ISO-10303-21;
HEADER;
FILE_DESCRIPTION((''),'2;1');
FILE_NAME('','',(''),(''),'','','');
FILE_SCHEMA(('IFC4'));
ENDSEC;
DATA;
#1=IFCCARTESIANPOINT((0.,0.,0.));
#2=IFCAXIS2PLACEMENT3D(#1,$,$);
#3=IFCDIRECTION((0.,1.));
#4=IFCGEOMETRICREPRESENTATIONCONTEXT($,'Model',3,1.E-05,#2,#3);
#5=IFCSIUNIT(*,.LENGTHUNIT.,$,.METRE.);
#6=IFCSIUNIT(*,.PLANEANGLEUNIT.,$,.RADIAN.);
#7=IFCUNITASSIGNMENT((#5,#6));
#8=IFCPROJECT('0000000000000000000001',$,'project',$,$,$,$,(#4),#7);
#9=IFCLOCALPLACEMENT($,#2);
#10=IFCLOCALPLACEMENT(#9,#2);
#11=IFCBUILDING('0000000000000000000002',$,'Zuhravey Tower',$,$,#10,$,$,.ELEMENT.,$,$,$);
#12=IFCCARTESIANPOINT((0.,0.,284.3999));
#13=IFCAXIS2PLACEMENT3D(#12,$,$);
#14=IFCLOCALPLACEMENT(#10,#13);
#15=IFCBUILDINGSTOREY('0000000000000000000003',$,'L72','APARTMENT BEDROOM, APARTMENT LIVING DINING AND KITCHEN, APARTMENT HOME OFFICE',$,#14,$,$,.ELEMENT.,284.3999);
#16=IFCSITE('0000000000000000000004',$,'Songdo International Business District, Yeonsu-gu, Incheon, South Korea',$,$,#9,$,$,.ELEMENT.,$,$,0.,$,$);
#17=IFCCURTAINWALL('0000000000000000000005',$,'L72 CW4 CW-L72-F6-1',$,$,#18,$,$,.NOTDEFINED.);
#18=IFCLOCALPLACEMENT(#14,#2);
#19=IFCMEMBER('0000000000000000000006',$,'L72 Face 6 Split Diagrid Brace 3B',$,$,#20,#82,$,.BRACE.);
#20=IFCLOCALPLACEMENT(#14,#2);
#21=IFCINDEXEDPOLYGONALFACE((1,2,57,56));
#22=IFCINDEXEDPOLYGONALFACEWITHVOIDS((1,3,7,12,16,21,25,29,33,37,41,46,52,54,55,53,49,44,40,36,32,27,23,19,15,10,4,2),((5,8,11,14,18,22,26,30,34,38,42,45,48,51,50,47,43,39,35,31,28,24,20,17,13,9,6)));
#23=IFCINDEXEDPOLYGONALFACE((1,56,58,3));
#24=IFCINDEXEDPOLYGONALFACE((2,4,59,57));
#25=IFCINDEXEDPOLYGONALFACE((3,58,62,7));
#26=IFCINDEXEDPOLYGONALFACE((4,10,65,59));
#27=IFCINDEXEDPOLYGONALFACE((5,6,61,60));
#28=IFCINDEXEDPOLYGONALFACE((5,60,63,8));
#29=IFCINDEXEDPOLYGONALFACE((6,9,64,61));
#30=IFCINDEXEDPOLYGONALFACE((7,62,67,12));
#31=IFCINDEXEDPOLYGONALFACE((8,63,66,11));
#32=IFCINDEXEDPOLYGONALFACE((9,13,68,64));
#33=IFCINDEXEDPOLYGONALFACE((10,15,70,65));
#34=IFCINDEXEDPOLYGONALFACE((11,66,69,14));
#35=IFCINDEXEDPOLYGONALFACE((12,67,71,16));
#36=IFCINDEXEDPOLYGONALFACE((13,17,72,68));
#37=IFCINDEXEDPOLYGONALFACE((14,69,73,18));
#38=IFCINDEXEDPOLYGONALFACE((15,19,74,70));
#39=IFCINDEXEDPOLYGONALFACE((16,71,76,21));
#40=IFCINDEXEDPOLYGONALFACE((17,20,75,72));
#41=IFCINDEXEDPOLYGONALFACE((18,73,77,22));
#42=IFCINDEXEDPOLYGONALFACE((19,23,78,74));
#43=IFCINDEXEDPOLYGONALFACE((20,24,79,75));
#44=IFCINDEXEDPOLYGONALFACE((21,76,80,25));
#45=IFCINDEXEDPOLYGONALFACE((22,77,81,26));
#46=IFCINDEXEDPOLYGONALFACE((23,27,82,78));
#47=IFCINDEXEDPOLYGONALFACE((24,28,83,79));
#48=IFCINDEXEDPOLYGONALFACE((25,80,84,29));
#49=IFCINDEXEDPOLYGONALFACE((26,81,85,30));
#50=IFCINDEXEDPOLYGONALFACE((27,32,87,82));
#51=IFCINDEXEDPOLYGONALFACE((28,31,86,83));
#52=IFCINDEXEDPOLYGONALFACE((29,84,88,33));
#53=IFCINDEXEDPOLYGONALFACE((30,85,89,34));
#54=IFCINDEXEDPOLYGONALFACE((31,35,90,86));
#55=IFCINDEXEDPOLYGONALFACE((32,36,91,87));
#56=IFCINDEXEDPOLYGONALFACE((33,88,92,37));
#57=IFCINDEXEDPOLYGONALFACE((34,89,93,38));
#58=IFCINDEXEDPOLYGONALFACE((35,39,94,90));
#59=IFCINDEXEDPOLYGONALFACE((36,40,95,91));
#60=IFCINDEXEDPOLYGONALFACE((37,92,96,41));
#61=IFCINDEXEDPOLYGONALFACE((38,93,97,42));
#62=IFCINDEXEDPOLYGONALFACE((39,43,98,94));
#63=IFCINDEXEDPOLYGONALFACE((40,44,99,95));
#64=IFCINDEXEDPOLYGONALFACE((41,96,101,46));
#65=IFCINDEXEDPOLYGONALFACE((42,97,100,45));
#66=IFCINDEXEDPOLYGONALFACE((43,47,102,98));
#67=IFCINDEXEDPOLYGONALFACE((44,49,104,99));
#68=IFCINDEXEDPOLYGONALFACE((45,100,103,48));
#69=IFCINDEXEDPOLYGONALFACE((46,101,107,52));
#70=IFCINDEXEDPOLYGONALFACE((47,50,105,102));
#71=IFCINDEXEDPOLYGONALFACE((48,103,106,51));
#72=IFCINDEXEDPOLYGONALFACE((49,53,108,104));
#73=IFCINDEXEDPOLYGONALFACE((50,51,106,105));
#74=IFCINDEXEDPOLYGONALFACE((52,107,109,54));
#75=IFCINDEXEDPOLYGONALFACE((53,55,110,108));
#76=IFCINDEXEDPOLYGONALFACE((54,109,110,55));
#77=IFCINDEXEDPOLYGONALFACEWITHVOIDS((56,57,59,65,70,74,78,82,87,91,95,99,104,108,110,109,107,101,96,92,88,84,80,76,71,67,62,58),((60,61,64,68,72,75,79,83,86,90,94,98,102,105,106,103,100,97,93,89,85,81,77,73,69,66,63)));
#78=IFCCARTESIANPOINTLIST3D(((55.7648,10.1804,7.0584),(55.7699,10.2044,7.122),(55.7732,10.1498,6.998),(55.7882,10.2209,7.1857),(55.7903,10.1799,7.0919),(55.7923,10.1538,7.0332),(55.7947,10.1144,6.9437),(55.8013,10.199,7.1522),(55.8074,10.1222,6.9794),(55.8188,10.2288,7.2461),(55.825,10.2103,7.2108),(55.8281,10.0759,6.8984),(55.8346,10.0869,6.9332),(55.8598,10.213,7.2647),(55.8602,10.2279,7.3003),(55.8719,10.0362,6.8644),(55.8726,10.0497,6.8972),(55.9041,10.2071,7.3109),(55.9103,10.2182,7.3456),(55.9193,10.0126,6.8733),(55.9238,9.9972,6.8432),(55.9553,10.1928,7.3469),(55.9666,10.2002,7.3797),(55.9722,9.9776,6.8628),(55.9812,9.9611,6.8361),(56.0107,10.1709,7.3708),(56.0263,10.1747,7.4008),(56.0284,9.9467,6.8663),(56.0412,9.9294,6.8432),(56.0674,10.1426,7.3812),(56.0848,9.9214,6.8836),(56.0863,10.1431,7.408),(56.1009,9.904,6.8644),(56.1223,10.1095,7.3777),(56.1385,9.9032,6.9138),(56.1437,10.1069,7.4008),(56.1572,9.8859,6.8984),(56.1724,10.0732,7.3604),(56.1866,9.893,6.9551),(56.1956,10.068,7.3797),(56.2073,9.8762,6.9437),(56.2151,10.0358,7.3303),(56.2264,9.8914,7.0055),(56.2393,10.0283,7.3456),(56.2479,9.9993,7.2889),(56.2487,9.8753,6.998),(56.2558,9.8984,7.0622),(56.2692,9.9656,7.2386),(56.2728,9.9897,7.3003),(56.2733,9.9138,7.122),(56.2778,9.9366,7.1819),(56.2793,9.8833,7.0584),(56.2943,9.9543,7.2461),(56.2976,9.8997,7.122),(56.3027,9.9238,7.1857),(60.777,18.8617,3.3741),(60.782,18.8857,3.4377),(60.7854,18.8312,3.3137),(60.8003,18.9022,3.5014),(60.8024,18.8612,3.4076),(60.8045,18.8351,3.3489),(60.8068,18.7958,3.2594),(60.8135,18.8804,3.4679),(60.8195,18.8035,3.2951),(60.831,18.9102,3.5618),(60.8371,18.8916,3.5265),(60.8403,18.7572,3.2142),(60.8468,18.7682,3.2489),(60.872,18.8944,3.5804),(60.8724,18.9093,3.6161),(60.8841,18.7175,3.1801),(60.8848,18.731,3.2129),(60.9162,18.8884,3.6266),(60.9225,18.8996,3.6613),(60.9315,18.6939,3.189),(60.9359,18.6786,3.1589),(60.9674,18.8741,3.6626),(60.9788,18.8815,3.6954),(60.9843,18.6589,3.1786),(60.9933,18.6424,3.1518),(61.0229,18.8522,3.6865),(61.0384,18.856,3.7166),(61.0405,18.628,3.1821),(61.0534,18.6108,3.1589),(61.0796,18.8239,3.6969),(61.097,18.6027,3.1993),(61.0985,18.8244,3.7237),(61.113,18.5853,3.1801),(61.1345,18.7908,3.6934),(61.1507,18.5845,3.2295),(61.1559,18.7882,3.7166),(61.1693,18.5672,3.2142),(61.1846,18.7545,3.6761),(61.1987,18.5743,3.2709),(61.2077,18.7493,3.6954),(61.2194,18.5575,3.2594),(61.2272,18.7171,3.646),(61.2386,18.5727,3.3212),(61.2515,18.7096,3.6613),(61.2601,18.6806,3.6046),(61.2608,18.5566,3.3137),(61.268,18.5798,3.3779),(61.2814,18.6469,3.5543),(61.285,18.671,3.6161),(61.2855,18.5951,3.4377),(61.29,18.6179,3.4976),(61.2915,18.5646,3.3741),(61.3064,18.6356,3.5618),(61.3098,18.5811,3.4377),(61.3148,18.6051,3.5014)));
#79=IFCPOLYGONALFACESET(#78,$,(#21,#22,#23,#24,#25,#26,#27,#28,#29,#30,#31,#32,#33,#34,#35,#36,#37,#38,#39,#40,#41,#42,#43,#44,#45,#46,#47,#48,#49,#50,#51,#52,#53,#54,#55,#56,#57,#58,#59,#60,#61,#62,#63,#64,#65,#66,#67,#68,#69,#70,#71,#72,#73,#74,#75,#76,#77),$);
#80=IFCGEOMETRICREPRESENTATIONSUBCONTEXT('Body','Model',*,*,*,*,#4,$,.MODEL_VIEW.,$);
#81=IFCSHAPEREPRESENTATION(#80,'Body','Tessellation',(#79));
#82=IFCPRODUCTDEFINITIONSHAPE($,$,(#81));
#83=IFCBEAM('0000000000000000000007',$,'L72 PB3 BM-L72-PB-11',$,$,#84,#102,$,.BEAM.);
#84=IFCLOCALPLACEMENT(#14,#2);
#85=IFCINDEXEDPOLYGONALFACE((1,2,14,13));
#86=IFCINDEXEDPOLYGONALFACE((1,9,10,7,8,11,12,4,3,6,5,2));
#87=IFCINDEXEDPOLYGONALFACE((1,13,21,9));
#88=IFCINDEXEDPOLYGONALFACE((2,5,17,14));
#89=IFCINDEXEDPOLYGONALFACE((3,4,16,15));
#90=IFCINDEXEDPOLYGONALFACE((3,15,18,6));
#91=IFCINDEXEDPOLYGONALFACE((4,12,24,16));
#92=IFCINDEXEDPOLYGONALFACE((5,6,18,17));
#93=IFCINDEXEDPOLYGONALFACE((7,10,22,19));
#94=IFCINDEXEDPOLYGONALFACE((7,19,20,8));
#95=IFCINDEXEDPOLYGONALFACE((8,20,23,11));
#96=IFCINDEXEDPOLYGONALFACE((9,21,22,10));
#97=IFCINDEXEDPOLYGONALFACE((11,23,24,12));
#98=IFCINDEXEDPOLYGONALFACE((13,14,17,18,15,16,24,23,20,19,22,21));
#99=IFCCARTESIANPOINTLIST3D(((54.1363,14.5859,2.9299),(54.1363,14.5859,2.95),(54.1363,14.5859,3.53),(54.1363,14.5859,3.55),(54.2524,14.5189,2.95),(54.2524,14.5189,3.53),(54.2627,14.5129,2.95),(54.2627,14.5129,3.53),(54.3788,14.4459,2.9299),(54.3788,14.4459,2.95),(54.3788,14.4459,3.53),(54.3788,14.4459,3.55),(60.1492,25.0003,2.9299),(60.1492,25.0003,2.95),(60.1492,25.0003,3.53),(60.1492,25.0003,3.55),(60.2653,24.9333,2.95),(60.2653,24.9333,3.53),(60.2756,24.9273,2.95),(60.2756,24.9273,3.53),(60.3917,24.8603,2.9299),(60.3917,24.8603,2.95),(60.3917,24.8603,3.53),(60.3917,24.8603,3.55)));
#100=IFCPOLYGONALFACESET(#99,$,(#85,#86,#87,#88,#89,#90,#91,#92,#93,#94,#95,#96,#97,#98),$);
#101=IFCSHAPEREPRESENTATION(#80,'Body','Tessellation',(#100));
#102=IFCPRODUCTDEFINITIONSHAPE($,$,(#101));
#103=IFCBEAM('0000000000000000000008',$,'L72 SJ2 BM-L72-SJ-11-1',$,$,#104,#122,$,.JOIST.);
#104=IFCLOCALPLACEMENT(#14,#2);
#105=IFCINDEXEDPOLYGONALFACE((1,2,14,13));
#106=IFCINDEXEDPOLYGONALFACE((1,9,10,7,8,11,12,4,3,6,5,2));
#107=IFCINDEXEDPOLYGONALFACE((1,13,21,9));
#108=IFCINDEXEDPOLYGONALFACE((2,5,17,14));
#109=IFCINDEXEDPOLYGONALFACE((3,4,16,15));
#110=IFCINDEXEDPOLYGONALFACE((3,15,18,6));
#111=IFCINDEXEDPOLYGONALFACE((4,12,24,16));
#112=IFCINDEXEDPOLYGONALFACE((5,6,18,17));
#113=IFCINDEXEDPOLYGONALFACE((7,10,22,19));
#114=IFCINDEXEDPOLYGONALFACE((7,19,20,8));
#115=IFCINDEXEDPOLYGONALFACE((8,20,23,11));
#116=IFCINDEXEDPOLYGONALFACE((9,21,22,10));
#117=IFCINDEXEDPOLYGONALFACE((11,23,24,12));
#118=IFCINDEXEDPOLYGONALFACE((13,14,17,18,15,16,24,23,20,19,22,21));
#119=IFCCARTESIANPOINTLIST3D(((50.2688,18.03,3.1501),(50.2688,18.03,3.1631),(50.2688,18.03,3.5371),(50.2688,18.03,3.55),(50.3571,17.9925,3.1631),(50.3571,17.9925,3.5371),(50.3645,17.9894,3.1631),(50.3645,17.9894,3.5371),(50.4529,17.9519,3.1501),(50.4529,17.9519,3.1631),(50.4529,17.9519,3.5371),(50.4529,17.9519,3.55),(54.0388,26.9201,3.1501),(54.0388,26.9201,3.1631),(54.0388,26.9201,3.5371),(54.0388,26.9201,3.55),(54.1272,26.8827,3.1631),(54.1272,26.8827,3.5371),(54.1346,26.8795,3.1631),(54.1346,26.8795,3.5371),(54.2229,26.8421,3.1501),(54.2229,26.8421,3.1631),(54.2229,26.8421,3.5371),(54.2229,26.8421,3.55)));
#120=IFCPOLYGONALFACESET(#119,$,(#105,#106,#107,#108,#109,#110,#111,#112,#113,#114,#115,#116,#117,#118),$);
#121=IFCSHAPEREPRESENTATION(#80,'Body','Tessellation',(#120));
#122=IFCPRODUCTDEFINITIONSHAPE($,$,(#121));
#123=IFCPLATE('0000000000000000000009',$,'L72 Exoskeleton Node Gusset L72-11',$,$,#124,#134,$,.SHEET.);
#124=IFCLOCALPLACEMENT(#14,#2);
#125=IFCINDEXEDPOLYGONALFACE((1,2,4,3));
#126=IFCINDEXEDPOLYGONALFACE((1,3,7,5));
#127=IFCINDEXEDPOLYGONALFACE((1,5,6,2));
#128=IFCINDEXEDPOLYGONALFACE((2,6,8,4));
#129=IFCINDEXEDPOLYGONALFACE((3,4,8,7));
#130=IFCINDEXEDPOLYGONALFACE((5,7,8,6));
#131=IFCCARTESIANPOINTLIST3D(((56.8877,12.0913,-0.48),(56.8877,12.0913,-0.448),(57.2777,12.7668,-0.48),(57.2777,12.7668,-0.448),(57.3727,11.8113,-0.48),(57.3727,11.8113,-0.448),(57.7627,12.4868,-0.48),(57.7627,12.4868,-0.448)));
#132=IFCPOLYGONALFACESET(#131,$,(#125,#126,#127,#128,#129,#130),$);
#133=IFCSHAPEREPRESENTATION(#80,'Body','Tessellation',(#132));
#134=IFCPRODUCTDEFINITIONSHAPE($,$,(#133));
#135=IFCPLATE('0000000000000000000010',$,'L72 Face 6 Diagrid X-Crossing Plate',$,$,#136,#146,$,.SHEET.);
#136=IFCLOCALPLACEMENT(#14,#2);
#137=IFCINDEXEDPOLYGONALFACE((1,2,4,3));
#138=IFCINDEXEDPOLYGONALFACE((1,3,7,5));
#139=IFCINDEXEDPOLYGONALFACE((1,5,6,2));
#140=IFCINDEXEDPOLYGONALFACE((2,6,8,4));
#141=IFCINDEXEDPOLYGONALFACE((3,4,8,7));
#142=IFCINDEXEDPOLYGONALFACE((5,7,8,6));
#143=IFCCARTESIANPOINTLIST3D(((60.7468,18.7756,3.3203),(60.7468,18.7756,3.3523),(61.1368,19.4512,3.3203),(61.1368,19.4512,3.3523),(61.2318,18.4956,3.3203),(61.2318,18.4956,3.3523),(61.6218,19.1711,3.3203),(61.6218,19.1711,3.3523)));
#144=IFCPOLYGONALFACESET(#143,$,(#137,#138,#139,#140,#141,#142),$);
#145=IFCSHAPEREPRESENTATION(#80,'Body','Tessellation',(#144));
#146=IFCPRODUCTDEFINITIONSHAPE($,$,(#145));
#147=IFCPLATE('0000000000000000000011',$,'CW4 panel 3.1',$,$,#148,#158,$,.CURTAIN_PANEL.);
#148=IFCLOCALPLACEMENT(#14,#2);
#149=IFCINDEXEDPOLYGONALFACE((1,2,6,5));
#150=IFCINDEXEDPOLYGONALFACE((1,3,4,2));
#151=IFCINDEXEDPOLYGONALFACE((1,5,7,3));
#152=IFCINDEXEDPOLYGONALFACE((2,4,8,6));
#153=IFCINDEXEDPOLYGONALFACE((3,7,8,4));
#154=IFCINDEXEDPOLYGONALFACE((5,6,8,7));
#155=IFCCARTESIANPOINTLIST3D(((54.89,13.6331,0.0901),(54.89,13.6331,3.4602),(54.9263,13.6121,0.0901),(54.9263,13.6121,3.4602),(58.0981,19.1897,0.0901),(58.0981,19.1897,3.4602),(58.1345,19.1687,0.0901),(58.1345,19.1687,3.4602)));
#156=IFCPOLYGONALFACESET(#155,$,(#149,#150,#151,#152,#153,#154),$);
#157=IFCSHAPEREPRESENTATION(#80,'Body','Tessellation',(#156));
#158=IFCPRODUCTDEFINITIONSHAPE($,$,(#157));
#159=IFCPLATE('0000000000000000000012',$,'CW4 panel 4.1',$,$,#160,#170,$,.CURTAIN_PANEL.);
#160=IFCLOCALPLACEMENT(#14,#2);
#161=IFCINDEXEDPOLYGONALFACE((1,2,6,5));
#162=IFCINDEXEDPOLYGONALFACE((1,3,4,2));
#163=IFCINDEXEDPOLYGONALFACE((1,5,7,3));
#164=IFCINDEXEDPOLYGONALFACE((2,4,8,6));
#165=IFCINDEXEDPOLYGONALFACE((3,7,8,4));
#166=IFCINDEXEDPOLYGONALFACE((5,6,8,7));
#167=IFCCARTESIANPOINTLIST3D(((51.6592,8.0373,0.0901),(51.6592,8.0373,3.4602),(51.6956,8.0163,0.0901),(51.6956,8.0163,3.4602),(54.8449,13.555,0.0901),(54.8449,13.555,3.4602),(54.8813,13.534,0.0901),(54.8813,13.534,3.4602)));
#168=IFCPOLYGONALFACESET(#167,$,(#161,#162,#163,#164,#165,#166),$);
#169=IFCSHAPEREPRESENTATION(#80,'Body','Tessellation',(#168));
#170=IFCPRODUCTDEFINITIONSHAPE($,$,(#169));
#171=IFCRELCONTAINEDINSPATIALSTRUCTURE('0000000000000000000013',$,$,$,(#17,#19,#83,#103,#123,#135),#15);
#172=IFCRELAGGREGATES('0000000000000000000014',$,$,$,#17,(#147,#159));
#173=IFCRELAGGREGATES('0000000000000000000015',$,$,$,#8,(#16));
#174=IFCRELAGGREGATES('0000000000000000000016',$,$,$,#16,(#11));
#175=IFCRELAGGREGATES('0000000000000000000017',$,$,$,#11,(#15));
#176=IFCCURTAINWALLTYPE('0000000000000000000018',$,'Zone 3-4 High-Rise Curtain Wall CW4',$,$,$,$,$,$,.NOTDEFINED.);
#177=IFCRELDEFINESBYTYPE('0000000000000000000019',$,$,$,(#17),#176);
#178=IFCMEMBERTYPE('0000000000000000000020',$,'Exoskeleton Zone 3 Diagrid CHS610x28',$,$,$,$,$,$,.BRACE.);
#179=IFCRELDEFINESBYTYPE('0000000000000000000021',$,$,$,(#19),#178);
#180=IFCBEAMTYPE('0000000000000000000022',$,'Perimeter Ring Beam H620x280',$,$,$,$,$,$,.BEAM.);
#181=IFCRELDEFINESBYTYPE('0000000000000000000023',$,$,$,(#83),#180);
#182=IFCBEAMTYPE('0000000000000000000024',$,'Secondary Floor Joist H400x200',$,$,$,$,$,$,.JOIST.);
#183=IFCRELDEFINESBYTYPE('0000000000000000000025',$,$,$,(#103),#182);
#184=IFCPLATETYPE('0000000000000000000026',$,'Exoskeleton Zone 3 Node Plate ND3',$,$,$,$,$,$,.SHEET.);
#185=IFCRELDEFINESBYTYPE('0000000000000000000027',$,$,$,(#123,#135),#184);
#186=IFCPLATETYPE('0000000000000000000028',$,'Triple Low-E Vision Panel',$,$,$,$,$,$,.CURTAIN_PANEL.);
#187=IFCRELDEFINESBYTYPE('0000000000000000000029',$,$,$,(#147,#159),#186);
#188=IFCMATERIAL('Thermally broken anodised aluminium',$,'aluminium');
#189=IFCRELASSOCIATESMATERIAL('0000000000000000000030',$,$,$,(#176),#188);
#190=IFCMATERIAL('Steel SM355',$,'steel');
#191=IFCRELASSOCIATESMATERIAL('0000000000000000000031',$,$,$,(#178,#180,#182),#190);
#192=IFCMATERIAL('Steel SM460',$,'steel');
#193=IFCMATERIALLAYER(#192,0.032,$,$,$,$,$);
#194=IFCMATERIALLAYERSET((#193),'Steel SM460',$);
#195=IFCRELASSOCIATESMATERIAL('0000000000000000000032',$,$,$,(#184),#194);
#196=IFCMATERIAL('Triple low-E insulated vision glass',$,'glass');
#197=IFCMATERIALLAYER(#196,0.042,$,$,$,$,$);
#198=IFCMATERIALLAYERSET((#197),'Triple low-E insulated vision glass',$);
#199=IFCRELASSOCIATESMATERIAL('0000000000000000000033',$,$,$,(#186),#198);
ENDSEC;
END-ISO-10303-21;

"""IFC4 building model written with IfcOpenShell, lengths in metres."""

from ifc_helpers import new_model, si_unit, direction, frame, origin, origin_2d, place, context, subcontext, project, spatial, rectangle, hollow_circle, i_section, extrude, material, layer, layer_set, material_profile, profile_set, type_object, element, aggregate, save


model = new_model("IFC4")

# Units and contexts
model_context = context("Model", 3, precision=1e-05, world=origin(), true_north=direction((0.0, 1.0)))
body_context = subcontext(model_context, "Body", "Model", "MODEL_VIEW")
ifc_project = project(units=[si_unit("LENGTHUNIT", "METRE"), si_unit("PLANEANGLEUNIT", "RADIAN")], contexts=[model_context])

# Site, building, storey
site_placement = place(None, origin())
site = spatial("IfcSite", under=ifc_project, at=site_placement, Name="Songdo International Business District, Yeonsu-gu, Incheon, South Korea", CompositionType="ELEMENT", RefElevation=0.0)
building_placement = place(site_placement, origin())
building = spatial("IfcBuilding", under=site, at=building_placement, Name="Zuhravey Tower", CompositionType="ELEMENT")
storey_placement = place(building_placement, frame((0.0, 0.0, 284.3999)))
storey = spatial("IfcBuildingStorey", under=building, at=storey_placement, Name="L72", Description="APARTMENT BEDROOM, APARTMENT LIVING DINING AND KITCHEN, APARTMENT HOME OFFICE", CompositionType="ELEMENT", Elevation=284.3999)

# Curtain wall
ifc_material_1 = material(Name="Thermally broken anodised aluminium", Category="aluminium")
curtain_wall_type = type_object("IfcCurtainWallType", Name="Zone 3-4 High-Rise Curtain Wall CW4", PredefinedType="NOTDEFINED", material=ifc_material_1)
curtain_wall_1_placement = place(storey_placement, origin())
curtain_wall_1 = element("IfcCurtainWall", 1, at=curtain_wall_1_placement, inside=storey, type_object=curtain_wall_type, Name="L72 CW4 CW-L72-F6-1", PredefinedType="NOTDEFINED")

# Member
ifc_material_2 = material(Name="Steel SM355", Category="steel")
ifc_material_profile_1 = material_profile(ifc_material_2, hollow_circle(Radius=0.3047, WallThickness=0.0281, at=origin_2d()), Name="CHS-609.6x28")
ifc_profile_set_1 = profile_set([ifc_material_profile_1], Name="Steel SM355")
member_type_1 = type_object("IfcMemberType", Name="Exoskeleton Zone 3 Diagrid CHS610x28", PredefinedType="BRACE", material=ifc_profile_set_1)
member_1_placement = place(storey_placement, frame((61.0459, 18.7334, 3.4377), z_axis=(-0.469306, -0.812862, 0.344973), x_axis=(0.866025, -0.5, 0.0)))
element("IfcMember", 2, at=member_1_placement, inside=storey, type_object=member_type_1, Name="L72 Face 6 Split Diagrid Brace 3B", PredefinedType="BRACE", context=body_context, shape_type="SweptSolid", body=[
    extrude(hollow_circle(Radius=0.3047, WallThickness=0.0281, at=origin_2d()), origin(), (0.0, 0.0, 1.0), 10.6799),
])

# Beams
ifc_material_profile_2 = material_profile(ifc_material_2, i_section(OverallWidth=0.28, OverallDepth=0.6201, WebThickness=0.012, FlangeThickness=0.02, at=origin_2d()), Name="H-620x280x12x20")
ifc_profile_set_2 = profile_set([ifc_material_profile_2], Name="Steel SM355")
beam_type_1 = type_object("IfcBeamType", Name="Perimeter Ring Beam H620x280", PredefinedType="BEAM", material=ifc_profile_set_2)
beam_1_placement = place(storey_placement, frame((54.2576, 14.5159, 3.24), z_axis=(0.500006, 0.866022, 0.0), x_axis=(-0.866022, 0.500006, 0.0)))
element("IfcBeam", 3, at=beam_1_placement, inside=storey, type_object=beam_type_1, Name="L72 PB3 BM-L72-PB-11", PredefinedType="BEAM", context=body_context, shape_type="SweptSolid", body=[
    extrude(i_section(OverallWidth=0.28, OverallDepth=0.6201, WebThickness=0.012, FlangeThickness=0.02, at=origin_2d()), origin(), (0.0, 0.0, 1.0), 12.0256),
])
ifc_material_profile_3 = material_profile(ifc_material_2, i_section(OverallWidth=0.2, OverallDepth=0.3999, WebThickness=0.0081, FlangeThickness=0.0129, at=origin_2d()), Name="H-400x200x8x13")
ifc_profile_set_3 = profile_set([ifc_material_profile_3], Name="Steel SM355")
beam_type_2 = type_object("IfcBeamType", Name="Secondary Floor Joist H400x200", PredefinedType="JOIST", material=ifc_profile_set_3)
beam_2_placement = place(storey_placement, frame((50.3608, 17.991, 3.3501), z_axis=(0.390413, 0.92064, 0.0), x_axis=(-0.92064, 0.390413, 0.0)))
element("IfcBeam", 4, at=beam_2_placement, inside=storey, type_object=beam_type_2, Name="L72 SJ2 BM-L72-SJ-11-1", PredefinedType="JOIST", context=body_context, shape_type="SweptSolid", body=[
    extrude(i_section(OverallWidth=0.2, OverallDepth=0.3999, WebThickness=0.0081, FlangeThickness=0.0129, at=origin_2d()), origin(), (0.0, 0.0, 1.0), 9.6565),
])

# Plates
ifc_material_3 = material(Name="Steel SM460", Category="steel")
ifc_layer_1 = layer(ifc_material_3, 0.032)
ifc_layer_set_1 = layer_set([ifc_layer_1], Name="Steel SM460")
plate_type_1 = type_object("IfcPlateType", Name="Exoskeleton Zone 3 Node Plate ND3", PredefinedType="SHEET", material=ifc_layer_set_1)
for number, where, z_axis, x_axis, name in (
    (5, (57.3252, 12.2891, -0.48), (0.0, 0.0, 1.0), (0.5, 0.866025, 0.0), "L72 Exoskeleton Node Gusset L72-11"),
    (6, (61.1843, 18.9734, 3.3203), (0.0, 0.0, 1.0), (0.5, 0.866025, 0.0), "L72 Face 6 Diagrid X-Crossing Plate"),
):
    element("IfcPlate", number, at=place(storey_placement, frame(where, z_axis=z_axis, x_axis=x_axis)), inside=storey, type_object=plate_type_1, Name=name, PredefinedType="SHEET", context=body_context, shape_type="SweptSolid", body=[
        extrude(rectangle(XDim=0.78, YDim=0.5601, at=origin_2d()), origin(), (0.0, 0.0, 1.0), 0.032),
    ])

# Plates
ifc_material_4 = material(Name="Triple low-E insulated vision glass", Category="glass")
ifc_layer_2 = layer(ifc_material_4, 0.042)
ifc_layer_set_2 = layer_set([ifc_layer_2], Name="Triple low-E insulated vision glass")
plate_type_2 = type_object("IfcPlateType", Name="Triple Low-E Vision Panel", PredefinedType="CURTAIN_PANEL", material=ifc_layer_set_2)
plate_1_placement = place(storey_placement, frame((56.5122, 16.4009, 0.0901), z_axis=(0.0, 0.0, 1.0), x_axis=(-0.500001, -0.866025, 0.0)))
plate_1 = element("IfcPlate", 7, at=plate_1_placement, type_object=plate_type_2, Name="CW4 panel 3.1", PredefinedType="CURTAIN_PANEL", context=body_context, shape_type="SweptSolid", body=[
    extrude(rectangle(XDim=6.4163, YDim=0.042, at=origin_2d()), origin(), (0.0, 0.0, 1.0), 3.3701),
])
plate_2_placement = place(storey_placement, frame((53.2703, 10.7856, 0.0901), z_axis=(0.0, 0.0, 1.0), x_axis=(-0.500001, -0.866025, 0.0)))
plate_2 = element("IfcPlate", 8, at=plate_2_placement, type_object=plate_type_2, Name="CW4 panel 4.1", PredefinedType="CURTAIN_PANEL", context=body_context, shape_type="SweptSolid", body=[
    extrude(rectangle(XDim=6.3713, YDim=0.042, at=origin_2d()), origin(), (0.0, 0.0, 1.0), 3.3701),
])
aggregate(curtain_wall_1, [plate_1, plate_2])

save(model, "model.ifc")
